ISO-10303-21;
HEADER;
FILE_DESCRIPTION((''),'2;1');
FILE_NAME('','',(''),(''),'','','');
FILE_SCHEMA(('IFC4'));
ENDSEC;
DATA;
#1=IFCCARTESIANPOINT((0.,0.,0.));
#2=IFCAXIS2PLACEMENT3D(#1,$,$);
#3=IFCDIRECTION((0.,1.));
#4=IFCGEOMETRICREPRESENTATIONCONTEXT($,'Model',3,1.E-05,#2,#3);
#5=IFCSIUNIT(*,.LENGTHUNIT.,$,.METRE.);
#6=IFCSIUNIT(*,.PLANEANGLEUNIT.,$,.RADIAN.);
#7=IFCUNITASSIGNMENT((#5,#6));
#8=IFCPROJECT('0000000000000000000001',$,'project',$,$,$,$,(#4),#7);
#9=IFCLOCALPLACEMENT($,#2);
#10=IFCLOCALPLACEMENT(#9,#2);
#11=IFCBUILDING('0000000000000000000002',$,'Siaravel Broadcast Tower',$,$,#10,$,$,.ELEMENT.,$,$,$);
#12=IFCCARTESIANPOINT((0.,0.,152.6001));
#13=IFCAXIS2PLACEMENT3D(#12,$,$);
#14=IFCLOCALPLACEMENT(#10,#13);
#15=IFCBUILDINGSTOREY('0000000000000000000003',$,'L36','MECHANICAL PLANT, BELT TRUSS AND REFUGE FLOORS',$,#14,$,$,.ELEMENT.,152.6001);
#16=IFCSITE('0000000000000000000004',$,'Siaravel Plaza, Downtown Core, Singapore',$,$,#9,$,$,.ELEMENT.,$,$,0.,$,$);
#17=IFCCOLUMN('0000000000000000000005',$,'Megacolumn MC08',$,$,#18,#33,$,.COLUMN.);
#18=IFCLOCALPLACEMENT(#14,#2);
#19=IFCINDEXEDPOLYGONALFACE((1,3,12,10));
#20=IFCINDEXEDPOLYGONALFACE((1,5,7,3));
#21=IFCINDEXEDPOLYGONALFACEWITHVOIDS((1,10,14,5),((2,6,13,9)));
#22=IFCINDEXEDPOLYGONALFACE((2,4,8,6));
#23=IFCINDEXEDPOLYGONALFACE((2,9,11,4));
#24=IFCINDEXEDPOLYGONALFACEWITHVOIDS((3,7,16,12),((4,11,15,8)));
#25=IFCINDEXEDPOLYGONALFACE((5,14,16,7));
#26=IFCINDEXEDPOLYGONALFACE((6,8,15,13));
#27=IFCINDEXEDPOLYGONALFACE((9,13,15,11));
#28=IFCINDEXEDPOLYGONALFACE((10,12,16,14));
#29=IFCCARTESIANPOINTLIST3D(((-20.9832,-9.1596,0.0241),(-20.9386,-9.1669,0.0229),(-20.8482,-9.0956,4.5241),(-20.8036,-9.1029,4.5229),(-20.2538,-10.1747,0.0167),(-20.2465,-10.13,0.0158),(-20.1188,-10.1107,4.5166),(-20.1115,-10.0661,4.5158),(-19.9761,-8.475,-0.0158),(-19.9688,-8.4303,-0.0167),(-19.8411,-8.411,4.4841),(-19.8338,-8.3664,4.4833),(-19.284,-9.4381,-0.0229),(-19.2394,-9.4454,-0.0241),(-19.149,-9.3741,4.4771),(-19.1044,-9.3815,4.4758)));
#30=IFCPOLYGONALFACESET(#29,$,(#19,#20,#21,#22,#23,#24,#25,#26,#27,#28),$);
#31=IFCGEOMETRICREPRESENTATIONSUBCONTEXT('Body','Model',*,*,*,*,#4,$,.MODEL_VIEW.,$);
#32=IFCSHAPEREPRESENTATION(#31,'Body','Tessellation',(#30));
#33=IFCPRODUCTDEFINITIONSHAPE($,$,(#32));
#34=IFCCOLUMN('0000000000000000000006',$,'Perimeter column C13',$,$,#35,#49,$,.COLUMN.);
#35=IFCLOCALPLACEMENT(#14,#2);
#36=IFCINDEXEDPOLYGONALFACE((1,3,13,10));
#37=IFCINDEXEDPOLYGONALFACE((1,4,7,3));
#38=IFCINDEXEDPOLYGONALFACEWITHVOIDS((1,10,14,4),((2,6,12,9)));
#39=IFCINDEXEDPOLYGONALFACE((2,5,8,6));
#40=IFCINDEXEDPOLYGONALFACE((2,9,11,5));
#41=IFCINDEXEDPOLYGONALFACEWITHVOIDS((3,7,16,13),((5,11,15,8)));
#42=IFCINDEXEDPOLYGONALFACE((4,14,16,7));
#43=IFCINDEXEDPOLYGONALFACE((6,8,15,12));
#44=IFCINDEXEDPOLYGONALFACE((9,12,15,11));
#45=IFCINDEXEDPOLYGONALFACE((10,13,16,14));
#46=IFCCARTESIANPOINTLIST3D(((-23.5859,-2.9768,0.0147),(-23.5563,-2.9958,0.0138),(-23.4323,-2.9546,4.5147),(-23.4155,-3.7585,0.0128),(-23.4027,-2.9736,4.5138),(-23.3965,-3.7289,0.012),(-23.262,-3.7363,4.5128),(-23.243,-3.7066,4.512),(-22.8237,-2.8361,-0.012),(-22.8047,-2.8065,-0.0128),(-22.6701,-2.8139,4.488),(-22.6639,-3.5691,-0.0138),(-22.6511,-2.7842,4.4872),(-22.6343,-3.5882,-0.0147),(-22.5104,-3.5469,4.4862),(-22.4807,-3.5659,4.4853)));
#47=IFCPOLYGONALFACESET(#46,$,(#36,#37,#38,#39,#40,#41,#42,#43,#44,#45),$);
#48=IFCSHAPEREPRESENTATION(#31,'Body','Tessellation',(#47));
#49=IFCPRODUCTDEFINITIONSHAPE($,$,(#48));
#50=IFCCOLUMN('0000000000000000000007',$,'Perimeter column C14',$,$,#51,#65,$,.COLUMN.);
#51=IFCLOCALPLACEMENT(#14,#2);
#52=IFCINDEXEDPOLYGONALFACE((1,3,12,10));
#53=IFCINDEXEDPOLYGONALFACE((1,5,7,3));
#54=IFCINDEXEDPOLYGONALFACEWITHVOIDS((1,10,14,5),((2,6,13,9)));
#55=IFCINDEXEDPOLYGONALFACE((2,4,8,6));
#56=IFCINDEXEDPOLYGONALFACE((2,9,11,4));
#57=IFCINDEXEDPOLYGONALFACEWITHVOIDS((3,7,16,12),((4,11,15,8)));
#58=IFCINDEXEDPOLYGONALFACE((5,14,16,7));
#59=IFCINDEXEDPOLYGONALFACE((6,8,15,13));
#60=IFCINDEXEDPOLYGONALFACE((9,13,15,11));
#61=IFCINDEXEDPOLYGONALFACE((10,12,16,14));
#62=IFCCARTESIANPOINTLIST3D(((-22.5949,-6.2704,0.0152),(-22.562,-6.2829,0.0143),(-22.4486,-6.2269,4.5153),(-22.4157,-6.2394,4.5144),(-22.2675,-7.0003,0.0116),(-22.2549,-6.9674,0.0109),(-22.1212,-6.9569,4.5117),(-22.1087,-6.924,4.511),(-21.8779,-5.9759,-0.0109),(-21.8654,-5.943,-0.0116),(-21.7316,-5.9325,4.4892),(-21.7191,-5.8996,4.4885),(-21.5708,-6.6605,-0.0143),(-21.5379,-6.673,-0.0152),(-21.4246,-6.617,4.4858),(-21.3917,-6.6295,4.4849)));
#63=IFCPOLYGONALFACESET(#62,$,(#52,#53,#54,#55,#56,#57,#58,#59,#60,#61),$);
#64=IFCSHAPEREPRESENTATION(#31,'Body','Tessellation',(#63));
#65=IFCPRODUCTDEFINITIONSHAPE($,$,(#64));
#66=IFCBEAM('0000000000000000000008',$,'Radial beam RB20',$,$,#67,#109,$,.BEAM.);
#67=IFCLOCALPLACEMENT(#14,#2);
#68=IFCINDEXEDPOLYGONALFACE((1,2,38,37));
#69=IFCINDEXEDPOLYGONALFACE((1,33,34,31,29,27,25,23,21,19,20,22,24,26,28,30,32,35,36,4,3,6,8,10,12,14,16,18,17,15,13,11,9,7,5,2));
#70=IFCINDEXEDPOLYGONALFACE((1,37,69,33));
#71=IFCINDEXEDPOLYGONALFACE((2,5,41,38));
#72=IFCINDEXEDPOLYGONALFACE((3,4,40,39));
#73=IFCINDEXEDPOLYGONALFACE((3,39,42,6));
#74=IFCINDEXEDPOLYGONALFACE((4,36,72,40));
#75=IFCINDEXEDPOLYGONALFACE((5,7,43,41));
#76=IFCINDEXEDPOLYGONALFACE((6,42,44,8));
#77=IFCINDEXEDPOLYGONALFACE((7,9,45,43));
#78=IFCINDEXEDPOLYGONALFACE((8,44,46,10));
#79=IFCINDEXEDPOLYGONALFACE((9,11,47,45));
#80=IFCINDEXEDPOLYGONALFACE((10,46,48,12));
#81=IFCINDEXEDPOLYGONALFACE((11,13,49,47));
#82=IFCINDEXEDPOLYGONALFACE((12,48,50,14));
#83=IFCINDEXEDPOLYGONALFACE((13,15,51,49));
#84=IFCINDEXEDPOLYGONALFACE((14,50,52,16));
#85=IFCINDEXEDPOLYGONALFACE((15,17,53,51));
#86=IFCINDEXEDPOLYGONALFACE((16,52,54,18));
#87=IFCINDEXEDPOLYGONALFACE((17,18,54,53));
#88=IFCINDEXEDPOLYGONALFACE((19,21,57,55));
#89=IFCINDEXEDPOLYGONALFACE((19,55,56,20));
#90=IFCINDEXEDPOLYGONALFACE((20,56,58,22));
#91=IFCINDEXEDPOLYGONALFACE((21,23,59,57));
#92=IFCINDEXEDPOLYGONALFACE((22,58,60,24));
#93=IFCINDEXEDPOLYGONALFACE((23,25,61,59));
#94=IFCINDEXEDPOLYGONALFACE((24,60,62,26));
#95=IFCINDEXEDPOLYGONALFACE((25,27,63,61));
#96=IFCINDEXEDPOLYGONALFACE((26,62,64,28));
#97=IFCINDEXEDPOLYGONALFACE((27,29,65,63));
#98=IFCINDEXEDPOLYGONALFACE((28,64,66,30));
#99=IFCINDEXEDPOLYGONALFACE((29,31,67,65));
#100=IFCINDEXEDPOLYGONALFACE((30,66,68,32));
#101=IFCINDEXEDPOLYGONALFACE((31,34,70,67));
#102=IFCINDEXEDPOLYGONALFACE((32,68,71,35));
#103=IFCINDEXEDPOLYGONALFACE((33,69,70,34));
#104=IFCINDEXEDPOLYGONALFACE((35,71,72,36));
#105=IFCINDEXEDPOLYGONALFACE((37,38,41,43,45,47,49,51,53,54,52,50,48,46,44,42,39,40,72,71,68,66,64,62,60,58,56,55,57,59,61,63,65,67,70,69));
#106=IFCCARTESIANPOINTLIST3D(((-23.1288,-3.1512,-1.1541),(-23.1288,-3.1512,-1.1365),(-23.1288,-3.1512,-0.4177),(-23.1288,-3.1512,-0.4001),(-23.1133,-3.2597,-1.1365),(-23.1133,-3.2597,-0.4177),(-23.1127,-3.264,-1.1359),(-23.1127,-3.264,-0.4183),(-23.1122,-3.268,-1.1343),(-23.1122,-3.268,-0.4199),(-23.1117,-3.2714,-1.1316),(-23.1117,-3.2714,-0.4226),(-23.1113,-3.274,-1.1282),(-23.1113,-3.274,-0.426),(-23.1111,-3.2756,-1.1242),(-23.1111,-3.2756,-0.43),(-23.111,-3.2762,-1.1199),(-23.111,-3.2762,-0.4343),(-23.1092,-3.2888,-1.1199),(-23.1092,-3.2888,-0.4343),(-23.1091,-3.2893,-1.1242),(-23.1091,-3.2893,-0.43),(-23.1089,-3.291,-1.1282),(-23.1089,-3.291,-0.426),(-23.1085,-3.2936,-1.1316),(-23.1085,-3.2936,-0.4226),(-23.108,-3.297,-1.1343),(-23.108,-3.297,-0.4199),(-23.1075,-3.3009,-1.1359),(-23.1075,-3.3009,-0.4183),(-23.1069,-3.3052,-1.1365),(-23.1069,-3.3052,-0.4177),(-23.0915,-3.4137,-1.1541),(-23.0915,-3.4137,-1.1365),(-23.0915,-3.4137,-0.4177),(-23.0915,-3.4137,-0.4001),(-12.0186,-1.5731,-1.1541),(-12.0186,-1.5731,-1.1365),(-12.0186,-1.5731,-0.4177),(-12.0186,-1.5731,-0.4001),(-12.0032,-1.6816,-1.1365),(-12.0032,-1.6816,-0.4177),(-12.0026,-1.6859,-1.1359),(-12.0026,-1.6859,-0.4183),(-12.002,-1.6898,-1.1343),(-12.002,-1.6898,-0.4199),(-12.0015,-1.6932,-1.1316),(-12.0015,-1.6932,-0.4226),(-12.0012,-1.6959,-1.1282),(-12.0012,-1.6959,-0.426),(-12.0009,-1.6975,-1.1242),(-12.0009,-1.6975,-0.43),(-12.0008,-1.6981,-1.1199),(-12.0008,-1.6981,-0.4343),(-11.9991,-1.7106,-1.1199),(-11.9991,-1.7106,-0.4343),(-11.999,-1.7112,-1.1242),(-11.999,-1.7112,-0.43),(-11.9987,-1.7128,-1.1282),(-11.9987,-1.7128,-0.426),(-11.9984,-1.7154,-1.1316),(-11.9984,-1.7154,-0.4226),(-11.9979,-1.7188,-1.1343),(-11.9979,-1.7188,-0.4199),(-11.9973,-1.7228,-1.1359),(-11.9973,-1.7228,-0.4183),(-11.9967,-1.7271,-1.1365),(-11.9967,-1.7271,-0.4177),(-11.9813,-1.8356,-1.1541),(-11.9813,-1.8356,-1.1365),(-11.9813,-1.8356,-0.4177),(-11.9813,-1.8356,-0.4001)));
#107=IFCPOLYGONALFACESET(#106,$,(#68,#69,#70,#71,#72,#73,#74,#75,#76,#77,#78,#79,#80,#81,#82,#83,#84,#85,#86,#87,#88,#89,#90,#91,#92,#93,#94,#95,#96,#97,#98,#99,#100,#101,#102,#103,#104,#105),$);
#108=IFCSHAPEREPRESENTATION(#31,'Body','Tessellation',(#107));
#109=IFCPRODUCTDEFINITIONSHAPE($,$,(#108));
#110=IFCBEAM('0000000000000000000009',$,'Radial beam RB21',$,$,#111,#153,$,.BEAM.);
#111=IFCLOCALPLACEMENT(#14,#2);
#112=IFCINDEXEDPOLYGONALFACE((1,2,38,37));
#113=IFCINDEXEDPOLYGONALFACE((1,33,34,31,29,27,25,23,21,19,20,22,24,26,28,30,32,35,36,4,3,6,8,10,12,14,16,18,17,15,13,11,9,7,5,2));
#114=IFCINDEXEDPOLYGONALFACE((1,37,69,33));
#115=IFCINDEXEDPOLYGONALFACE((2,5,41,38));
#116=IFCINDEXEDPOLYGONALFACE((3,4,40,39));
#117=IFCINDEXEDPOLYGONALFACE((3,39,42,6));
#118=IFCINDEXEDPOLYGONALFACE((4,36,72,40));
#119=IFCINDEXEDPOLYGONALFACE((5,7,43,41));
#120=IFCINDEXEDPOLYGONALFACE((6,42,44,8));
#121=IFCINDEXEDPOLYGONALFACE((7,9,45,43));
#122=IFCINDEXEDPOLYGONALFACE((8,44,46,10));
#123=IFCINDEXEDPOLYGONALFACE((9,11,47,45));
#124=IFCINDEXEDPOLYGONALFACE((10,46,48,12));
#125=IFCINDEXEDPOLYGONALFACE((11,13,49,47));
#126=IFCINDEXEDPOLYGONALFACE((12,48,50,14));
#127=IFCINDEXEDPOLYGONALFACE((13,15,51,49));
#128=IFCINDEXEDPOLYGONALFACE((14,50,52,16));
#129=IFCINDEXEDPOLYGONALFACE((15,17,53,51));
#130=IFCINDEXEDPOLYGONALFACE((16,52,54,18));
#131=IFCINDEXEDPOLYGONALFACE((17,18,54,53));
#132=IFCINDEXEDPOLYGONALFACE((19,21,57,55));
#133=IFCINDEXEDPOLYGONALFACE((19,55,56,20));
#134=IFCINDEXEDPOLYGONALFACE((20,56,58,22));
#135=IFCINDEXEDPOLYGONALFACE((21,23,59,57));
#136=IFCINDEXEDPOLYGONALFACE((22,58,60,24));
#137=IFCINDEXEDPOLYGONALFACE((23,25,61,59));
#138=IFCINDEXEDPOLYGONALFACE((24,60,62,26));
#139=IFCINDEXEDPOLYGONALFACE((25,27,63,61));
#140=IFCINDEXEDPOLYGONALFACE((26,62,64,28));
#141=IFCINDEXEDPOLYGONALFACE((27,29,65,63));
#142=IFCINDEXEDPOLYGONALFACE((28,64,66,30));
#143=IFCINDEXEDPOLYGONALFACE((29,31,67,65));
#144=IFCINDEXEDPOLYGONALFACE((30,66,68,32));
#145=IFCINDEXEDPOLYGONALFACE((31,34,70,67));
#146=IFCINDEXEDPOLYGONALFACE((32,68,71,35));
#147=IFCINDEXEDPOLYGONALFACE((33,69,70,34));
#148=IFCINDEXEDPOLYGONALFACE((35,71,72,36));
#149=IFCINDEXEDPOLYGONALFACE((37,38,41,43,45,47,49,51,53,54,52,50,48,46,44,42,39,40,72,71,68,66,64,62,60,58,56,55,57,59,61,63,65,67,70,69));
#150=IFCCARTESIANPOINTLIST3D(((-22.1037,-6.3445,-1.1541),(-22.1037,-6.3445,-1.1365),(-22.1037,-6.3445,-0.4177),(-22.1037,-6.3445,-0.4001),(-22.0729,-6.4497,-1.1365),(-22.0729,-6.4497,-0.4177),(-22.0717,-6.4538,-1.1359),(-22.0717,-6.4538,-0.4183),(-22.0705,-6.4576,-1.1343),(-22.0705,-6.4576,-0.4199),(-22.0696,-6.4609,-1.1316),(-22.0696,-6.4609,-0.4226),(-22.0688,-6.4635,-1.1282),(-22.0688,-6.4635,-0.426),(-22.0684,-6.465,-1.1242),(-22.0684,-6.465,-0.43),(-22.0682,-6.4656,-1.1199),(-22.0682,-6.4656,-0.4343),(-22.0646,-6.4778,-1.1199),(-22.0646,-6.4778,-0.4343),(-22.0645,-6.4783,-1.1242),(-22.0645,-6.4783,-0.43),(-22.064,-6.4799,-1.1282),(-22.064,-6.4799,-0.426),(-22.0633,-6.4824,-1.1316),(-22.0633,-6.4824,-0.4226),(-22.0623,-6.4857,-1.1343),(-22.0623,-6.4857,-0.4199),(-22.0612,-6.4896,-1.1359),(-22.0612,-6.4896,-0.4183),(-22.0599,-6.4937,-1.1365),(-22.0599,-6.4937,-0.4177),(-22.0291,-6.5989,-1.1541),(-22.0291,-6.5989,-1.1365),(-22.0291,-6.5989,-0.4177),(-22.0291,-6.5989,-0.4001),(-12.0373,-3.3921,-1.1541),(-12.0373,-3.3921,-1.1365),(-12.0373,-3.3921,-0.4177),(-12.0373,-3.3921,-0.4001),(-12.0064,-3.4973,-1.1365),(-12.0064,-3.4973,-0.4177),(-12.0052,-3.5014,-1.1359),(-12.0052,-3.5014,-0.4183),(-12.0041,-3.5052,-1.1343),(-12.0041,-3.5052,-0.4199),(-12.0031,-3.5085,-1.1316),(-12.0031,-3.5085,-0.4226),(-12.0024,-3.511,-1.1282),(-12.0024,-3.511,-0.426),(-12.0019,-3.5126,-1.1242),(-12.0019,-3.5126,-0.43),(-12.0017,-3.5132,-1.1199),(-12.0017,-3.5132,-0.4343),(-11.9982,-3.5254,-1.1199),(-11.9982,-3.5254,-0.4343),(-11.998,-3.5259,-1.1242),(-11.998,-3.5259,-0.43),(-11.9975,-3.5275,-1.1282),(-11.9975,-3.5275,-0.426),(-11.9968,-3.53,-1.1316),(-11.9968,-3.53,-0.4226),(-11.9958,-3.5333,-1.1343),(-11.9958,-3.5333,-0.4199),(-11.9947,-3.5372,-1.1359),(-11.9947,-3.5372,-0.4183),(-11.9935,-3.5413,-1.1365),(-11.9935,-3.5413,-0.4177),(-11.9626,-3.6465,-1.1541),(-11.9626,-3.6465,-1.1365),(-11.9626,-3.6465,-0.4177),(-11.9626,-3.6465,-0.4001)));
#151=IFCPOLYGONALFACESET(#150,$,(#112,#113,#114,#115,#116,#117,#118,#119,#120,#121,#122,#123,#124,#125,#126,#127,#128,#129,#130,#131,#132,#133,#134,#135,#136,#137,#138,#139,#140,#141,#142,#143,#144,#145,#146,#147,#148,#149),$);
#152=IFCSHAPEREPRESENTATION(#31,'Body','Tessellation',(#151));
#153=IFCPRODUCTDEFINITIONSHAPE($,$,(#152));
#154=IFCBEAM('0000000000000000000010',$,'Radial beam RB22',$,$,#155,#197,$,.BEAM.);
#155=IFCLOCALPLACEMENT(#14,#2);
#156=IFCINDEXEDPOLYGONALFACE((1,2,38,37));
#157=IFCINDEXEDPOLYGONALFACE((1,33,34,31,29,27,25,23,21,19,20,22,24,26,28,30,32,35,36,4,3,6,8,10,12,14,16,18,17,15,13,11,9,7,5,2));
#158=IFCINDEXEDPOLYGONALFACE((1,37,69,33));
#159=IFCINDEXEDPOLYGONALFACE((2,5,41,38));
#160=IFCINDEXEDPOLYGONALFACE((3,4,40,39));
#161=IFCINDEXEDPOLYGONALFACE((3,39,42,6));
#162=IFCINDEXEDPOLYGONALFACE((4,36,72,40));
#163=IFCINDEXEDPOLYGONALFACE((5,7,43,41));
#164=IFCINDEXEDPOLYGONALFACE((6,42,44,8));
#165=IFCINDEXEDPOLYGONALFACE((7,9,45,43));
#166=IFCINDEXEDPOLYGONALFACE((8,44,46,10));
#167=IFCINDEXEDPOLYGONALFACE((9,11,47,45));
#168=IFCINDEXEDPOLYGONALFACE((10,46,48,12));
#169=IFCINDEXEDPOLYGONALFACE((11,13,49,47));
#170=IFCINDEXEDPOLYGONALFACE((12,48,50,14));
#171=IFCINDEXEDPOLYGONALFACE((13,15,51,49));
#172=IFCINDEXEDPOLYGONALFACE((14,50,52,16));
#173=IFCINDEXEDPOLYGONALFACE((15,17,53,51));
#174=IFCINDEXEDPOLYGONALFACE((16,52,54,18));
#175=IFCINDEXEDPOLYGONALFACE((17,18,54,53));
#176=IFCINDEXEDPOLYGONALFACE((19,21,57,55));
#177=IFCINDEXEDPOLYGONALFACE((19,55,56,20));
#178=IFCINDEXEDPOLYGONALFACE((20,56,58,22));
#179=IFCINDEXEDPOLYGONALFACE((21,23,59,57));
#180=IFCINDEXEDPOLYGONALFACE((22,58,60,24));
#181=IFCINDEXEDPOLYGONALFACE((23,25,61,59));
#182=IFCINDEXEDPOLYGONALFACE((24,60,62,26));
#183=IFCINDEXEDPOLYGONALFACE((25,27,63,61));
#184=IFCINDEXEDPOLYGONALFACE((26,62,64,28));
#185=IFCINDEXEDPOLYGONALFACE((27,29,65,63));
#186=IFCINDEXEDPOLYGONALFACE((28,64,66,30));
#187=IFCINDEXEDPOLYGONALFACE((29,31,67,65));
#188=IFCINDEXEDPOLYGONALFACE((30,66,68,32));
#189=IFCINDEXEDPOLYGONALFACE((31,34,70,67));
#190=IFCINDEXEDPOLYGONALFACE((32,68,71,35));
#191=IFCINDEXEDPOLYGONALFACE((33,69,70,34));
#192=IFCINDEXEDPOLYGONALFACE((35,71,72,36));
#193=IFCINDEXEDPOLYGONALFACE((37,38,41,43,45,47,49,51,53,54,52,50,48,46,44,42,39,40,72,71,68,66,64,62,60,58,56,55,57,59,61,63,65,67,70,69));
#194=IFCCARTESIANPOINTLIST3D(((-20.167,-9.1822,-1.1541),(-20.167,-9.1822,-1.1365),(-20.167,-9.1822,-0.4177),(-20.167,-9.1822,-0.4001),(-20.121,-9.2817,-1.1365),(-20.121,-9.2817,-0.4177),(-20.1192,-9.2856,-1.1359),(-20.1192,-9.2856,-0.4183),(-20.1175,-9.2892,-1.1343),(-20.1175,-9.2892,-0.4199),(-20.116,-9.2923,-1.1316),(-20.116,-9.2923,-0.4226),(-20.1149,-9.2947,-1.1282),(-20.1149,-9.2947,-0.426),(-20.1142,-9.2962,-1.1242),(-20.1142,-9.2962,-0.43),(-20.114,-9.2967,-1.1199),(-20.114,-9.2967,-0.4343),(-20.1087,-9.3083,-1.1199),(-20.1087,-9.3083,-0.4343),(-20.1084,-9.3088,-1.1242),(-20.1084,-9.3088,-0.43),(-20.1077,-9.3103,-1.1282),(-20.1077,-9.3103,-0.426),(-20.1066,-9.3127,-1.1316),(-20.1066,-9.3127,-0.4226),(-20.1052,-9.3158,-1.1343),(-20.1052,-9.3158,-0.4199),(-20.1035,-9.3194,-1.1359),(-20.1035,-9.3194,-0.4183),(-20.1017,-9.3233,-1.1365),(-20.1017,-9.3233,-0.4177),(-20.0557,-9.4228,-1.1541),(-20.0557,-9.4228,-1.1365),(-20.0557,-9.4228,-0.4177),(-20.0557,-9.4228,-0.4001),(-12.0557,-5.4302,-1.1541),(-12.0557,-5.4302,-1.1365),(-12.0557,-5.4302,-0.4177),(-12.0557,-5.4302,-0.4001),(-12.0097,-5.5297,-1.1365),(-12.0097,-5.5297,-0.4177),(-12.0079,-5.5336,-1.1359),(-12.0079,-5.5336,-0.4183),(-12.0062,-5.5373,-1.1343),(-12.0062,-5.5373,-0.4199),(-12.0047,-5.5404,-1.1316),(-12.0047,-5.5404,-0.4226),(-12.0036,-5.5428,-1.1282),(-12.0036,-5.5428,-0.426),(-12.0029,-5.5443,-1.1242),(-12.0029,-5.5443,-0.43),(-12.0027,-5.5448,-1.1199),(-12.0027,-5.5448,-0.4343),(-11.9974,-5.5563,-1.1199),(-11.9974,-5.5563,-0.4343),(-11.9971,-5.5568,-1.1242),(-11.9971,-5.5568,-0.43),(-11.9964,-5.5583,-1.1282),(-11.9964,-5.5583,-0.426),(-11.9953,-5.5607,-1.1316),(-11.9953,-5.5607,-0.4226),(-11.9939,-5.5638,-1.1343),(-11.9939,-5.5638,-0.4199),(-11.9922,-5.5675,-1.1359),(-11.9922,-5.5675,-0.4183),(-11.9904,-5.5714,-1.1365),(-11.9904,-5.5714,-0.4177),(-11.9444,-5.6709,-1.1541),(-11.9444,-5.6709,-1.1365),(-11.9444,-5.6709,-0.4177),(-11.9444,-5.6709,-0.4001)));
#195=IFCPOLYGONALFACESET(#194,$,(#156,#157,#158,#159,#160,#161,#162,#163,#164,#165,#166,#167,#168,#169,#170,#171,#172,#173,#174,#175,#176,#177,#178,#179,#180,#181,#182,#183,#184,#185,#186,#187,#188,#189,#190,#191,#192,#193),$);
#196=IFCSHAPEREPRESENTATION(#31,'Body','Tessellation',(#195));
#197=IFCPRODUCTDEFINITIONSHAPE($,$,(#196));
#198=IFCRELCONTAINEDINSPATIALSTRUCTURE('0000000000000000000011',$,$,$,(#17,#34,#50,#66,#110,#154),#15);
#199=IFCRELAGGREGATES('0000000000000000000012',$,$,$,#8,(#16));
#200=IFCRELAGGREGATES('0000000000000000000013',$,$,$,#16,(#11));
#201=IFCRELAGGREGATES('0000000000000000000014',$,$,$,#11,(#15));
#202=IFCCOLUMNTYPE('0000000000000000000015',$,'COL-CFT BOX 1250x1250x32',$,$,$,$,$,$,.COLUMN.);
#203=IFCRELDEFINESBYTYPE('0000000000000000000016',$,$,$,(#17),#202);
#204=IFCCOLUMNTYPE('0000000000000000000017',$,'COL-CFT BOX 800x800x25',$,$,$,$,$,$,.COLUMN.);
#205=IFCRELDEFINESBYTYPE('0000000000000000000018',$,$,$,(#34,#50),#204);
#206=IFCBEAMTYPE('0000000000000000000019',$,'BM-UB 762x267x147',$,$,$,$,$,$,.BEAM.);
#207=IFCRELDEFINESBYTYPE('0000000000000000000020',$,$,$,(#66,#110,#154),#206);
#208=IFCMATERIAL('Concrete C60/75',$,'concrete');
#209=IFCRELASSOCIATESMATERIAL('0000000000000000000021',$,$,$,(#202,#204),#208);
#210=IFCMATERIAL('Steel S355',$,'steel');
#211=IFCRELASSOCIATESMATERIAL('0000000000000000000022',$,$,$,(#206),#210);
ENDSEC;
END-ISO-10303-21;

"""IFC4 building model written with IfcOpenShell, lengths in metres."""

from ifc_helpers import new_model, si_unit, direction, frame, origin, origin_2d, place, context, subcontext, project, spatial, hollow_rectangle, i_section, extrude, material, material_profile, profile_set, type_object, element, save


model = new_model("IFC4")

# Units and contexts
model_context = context("Model", 3, precision=1e-05, world=origin(), true_north=direction((0.0, 1.0)))
body_context = subcontext(model_context, "Body", "Model", "MODEL_VIEW")
ifc_project = project(units=[si_unit("LENGTHUNIT", "METRE"), si_unit("PLANEANGLEUNIT", "RADIAN")], contexts=[model_context])

# Site, building, storey
site_placement = place(None, origin())
site = spatial("IfcSite", under=ifc_project, at=site_placement, Name="Siaravel Plaza, Downtown Core, Singapore", CompositionType="ELEMENT", RefElevation=0.0)
building_placement = place(site_placement, origin())
building = spatial("IfcBuilding", under=site, at=building_placement, Name="Siaravel Broadcast Tower", CompositionType="ELEMENT")
storey_placement = place(building_placement, frame((0.0, 0.0, 152.6001)))
storey = spatial("IfcBuildingStorey", under=building, at=storey_placement, Name="L36", Description="MECHANICAL PLANT, BELT TRUSS AND REFUGE FLOORS", CompositionType="ELEMENT", Elevation=152.6001)

# Columns
ifc_material_1 = material(Name="Concrete C60/75", Category="concrete")
ifc_material_profile_1 = material_profile(ifc_material_1, hollow_rectangle(XDim=1.25, YDim=1.25, WallThickness=0.032, at=origin_2d()))
ifc_profile_set_1 = profile_set([ifc_material_profile_1], Name="Concrete C60/75")
column_type_1 = type_object("IfcColumnType", Name="COL-CFT BOX 1250x1250x32", PredefinedType="COLUMN", material=ifc_profile_set_1)
column_placement = place(storey_placement, frame((-20.1113, -9.3025, 0.0), z_axis=(0.029986, 0.014207, 0.999449), x_axis=(-0.583532, 0.812069, 0.005964)))
element("IfcColumn", 1, at=column_placement, inside=storey, type_object=column_type_1, Name="Megacolumn MC08", PredefinedType="COLUMN", context=body_context, shape_type="SweptSolid", body=[
    extrude(hollow_rectangle(XDim=1.25, YDim=1.25, WallThickness=0.032, at=origin_2d()), origin(), (0.0, 0.0, 1.0), 4.5024),
])
ifc_material_profile_2 = material_profile(ifc_material_1, hollow_rectangle(XDim=0.8, YDim=0.8, WallThickness=0.0249, at=origin_2d()))
ifc_profile_set_2 = profile_set([ifc_material_profile_2], Name="Concrete C60/75")
column_type_2 = type_object("IfcColumnType", Name="COL-CFT BOX 800x800x25", PredefinedType="COLUMN", material=ifc_profile_set_2)
for number, where, z_axis, x_axis, name in (
    (2, (-23.1101, -3.2825, 0.0), (0.034105, 0.004934, 0.999406), (-0.212939, 0.977062, 0.002443), "Perimeter column C13"),
    (3, (-22.0664, -6.4717, 0.0), (0.032479, 0.009652, 0.999426), (-0.409244, 0.912414, 0.004488), "Perimeter column C14"),
):
    element("IfcColumn", number, at=place(storey_placement, frame(where, z_axis=z_axis, x_axis=x_axis)), inside=storey, type_object=column_type_2, Name=name, PredefinedType="COLUMN", context=body_context, shape_type="SweptSolid", body=[
        extrude(hollow_rectangle(XDim=0.8, YDim=0.8, WallThickness=0.0249, at=origin_2d()), origin(), (0.0, 0.0, 1.0), 4.5027),
    ])

# Beams
ifc_material_2 = material(Name="Steel S355", Category="steel")
ifc_material_profile_3 = material_profile(ifc_material_2, i_section(OverallWidth=0.2651, OverallDepth=0.7539, WebThickness=0.0127, FlangeThickness=0.0176, FilletRadius=0.0166, at=origin_2d()))
ifc_profile_set_3 = profile_set([ifc_material_profile_3], Name="Steel S355")
beam_type_1 = type_object("IfcBeamType", Name="BM-UB 762x267x147", PredefinedType="BEAM", material=ifc_profile_set_3)
beam_1_placement = place(storey_placement, frame((-23.1101, -3.2825, -0.7771), z_axis=(0.990062, 0.140632, 0.0), x_axis=(-0.140632, 0.990062, 0.0)))
element("IfcBeam", 4, at=beam_1_placement, inside=storey, type_object=beam_type_1, Name="Radial beam RB20", PredefinedType="BEAM", context=body_context, shape_type="SweptSolid", body=[
    extrude(i_section(OverallWidth=0.2651, OverallDepth=0.7539, WebThickness=0.0127, FlangeThickness=0.0176, FilletRadius=0.0166, at=origin_2d()), origin(), (0.0, 0.0, 1.0), 11.2217),
])
beam_2_placement = place(storey_placement, frame((-22.0664, -6.4717, -0.7771), z_axis=(0.95958, 0.281437, 0.0), x_axis=(-0.281437, 0.95958, 0.0)))
element("IfcBeam", 5, at=beam_2_placement, inside=storey, type_object=beam_type_1, Name="Radial beam RB21", PredefinedType="BEAM", context=body_context, shape_type="SweptSolid", body=[
    extrude(i_section(OverallWidth=0.2651, OverallDepth=0.7539, WebThickness=0.0127, FlangeThickness=0.0176, FilletRadius=0.0166, at=origin_2d()), origin(), (0.0, 0.0, 1.0), 10.4905),
])
beam_3_placement = place(storey_placement, frame((-20.1113, -9.3025, -0.7771), z_axis=(0.907607, 0.41982, 0.0), x_axis=(-0.41982, 0.907607, 0.0)))
element("IfcBeam", 6, at=beam_3_placement, inside=storey, type_object=beam_type_1, Name="Radial beam RB22", PredefinedType="BEAM", context=body_context, shape_type="SweptSolid", body=[
    extrude(i_section(OverallWidth=0.2651, OverallDepth=0.7539, WebThickness=0.0127, FlangeThickness=0.0176, FilletRadius=0.0166, at=origin_2d()), origin(), (0.0, 0.0, 1.0), 8.937),
])

save(model, "model.ifc")
